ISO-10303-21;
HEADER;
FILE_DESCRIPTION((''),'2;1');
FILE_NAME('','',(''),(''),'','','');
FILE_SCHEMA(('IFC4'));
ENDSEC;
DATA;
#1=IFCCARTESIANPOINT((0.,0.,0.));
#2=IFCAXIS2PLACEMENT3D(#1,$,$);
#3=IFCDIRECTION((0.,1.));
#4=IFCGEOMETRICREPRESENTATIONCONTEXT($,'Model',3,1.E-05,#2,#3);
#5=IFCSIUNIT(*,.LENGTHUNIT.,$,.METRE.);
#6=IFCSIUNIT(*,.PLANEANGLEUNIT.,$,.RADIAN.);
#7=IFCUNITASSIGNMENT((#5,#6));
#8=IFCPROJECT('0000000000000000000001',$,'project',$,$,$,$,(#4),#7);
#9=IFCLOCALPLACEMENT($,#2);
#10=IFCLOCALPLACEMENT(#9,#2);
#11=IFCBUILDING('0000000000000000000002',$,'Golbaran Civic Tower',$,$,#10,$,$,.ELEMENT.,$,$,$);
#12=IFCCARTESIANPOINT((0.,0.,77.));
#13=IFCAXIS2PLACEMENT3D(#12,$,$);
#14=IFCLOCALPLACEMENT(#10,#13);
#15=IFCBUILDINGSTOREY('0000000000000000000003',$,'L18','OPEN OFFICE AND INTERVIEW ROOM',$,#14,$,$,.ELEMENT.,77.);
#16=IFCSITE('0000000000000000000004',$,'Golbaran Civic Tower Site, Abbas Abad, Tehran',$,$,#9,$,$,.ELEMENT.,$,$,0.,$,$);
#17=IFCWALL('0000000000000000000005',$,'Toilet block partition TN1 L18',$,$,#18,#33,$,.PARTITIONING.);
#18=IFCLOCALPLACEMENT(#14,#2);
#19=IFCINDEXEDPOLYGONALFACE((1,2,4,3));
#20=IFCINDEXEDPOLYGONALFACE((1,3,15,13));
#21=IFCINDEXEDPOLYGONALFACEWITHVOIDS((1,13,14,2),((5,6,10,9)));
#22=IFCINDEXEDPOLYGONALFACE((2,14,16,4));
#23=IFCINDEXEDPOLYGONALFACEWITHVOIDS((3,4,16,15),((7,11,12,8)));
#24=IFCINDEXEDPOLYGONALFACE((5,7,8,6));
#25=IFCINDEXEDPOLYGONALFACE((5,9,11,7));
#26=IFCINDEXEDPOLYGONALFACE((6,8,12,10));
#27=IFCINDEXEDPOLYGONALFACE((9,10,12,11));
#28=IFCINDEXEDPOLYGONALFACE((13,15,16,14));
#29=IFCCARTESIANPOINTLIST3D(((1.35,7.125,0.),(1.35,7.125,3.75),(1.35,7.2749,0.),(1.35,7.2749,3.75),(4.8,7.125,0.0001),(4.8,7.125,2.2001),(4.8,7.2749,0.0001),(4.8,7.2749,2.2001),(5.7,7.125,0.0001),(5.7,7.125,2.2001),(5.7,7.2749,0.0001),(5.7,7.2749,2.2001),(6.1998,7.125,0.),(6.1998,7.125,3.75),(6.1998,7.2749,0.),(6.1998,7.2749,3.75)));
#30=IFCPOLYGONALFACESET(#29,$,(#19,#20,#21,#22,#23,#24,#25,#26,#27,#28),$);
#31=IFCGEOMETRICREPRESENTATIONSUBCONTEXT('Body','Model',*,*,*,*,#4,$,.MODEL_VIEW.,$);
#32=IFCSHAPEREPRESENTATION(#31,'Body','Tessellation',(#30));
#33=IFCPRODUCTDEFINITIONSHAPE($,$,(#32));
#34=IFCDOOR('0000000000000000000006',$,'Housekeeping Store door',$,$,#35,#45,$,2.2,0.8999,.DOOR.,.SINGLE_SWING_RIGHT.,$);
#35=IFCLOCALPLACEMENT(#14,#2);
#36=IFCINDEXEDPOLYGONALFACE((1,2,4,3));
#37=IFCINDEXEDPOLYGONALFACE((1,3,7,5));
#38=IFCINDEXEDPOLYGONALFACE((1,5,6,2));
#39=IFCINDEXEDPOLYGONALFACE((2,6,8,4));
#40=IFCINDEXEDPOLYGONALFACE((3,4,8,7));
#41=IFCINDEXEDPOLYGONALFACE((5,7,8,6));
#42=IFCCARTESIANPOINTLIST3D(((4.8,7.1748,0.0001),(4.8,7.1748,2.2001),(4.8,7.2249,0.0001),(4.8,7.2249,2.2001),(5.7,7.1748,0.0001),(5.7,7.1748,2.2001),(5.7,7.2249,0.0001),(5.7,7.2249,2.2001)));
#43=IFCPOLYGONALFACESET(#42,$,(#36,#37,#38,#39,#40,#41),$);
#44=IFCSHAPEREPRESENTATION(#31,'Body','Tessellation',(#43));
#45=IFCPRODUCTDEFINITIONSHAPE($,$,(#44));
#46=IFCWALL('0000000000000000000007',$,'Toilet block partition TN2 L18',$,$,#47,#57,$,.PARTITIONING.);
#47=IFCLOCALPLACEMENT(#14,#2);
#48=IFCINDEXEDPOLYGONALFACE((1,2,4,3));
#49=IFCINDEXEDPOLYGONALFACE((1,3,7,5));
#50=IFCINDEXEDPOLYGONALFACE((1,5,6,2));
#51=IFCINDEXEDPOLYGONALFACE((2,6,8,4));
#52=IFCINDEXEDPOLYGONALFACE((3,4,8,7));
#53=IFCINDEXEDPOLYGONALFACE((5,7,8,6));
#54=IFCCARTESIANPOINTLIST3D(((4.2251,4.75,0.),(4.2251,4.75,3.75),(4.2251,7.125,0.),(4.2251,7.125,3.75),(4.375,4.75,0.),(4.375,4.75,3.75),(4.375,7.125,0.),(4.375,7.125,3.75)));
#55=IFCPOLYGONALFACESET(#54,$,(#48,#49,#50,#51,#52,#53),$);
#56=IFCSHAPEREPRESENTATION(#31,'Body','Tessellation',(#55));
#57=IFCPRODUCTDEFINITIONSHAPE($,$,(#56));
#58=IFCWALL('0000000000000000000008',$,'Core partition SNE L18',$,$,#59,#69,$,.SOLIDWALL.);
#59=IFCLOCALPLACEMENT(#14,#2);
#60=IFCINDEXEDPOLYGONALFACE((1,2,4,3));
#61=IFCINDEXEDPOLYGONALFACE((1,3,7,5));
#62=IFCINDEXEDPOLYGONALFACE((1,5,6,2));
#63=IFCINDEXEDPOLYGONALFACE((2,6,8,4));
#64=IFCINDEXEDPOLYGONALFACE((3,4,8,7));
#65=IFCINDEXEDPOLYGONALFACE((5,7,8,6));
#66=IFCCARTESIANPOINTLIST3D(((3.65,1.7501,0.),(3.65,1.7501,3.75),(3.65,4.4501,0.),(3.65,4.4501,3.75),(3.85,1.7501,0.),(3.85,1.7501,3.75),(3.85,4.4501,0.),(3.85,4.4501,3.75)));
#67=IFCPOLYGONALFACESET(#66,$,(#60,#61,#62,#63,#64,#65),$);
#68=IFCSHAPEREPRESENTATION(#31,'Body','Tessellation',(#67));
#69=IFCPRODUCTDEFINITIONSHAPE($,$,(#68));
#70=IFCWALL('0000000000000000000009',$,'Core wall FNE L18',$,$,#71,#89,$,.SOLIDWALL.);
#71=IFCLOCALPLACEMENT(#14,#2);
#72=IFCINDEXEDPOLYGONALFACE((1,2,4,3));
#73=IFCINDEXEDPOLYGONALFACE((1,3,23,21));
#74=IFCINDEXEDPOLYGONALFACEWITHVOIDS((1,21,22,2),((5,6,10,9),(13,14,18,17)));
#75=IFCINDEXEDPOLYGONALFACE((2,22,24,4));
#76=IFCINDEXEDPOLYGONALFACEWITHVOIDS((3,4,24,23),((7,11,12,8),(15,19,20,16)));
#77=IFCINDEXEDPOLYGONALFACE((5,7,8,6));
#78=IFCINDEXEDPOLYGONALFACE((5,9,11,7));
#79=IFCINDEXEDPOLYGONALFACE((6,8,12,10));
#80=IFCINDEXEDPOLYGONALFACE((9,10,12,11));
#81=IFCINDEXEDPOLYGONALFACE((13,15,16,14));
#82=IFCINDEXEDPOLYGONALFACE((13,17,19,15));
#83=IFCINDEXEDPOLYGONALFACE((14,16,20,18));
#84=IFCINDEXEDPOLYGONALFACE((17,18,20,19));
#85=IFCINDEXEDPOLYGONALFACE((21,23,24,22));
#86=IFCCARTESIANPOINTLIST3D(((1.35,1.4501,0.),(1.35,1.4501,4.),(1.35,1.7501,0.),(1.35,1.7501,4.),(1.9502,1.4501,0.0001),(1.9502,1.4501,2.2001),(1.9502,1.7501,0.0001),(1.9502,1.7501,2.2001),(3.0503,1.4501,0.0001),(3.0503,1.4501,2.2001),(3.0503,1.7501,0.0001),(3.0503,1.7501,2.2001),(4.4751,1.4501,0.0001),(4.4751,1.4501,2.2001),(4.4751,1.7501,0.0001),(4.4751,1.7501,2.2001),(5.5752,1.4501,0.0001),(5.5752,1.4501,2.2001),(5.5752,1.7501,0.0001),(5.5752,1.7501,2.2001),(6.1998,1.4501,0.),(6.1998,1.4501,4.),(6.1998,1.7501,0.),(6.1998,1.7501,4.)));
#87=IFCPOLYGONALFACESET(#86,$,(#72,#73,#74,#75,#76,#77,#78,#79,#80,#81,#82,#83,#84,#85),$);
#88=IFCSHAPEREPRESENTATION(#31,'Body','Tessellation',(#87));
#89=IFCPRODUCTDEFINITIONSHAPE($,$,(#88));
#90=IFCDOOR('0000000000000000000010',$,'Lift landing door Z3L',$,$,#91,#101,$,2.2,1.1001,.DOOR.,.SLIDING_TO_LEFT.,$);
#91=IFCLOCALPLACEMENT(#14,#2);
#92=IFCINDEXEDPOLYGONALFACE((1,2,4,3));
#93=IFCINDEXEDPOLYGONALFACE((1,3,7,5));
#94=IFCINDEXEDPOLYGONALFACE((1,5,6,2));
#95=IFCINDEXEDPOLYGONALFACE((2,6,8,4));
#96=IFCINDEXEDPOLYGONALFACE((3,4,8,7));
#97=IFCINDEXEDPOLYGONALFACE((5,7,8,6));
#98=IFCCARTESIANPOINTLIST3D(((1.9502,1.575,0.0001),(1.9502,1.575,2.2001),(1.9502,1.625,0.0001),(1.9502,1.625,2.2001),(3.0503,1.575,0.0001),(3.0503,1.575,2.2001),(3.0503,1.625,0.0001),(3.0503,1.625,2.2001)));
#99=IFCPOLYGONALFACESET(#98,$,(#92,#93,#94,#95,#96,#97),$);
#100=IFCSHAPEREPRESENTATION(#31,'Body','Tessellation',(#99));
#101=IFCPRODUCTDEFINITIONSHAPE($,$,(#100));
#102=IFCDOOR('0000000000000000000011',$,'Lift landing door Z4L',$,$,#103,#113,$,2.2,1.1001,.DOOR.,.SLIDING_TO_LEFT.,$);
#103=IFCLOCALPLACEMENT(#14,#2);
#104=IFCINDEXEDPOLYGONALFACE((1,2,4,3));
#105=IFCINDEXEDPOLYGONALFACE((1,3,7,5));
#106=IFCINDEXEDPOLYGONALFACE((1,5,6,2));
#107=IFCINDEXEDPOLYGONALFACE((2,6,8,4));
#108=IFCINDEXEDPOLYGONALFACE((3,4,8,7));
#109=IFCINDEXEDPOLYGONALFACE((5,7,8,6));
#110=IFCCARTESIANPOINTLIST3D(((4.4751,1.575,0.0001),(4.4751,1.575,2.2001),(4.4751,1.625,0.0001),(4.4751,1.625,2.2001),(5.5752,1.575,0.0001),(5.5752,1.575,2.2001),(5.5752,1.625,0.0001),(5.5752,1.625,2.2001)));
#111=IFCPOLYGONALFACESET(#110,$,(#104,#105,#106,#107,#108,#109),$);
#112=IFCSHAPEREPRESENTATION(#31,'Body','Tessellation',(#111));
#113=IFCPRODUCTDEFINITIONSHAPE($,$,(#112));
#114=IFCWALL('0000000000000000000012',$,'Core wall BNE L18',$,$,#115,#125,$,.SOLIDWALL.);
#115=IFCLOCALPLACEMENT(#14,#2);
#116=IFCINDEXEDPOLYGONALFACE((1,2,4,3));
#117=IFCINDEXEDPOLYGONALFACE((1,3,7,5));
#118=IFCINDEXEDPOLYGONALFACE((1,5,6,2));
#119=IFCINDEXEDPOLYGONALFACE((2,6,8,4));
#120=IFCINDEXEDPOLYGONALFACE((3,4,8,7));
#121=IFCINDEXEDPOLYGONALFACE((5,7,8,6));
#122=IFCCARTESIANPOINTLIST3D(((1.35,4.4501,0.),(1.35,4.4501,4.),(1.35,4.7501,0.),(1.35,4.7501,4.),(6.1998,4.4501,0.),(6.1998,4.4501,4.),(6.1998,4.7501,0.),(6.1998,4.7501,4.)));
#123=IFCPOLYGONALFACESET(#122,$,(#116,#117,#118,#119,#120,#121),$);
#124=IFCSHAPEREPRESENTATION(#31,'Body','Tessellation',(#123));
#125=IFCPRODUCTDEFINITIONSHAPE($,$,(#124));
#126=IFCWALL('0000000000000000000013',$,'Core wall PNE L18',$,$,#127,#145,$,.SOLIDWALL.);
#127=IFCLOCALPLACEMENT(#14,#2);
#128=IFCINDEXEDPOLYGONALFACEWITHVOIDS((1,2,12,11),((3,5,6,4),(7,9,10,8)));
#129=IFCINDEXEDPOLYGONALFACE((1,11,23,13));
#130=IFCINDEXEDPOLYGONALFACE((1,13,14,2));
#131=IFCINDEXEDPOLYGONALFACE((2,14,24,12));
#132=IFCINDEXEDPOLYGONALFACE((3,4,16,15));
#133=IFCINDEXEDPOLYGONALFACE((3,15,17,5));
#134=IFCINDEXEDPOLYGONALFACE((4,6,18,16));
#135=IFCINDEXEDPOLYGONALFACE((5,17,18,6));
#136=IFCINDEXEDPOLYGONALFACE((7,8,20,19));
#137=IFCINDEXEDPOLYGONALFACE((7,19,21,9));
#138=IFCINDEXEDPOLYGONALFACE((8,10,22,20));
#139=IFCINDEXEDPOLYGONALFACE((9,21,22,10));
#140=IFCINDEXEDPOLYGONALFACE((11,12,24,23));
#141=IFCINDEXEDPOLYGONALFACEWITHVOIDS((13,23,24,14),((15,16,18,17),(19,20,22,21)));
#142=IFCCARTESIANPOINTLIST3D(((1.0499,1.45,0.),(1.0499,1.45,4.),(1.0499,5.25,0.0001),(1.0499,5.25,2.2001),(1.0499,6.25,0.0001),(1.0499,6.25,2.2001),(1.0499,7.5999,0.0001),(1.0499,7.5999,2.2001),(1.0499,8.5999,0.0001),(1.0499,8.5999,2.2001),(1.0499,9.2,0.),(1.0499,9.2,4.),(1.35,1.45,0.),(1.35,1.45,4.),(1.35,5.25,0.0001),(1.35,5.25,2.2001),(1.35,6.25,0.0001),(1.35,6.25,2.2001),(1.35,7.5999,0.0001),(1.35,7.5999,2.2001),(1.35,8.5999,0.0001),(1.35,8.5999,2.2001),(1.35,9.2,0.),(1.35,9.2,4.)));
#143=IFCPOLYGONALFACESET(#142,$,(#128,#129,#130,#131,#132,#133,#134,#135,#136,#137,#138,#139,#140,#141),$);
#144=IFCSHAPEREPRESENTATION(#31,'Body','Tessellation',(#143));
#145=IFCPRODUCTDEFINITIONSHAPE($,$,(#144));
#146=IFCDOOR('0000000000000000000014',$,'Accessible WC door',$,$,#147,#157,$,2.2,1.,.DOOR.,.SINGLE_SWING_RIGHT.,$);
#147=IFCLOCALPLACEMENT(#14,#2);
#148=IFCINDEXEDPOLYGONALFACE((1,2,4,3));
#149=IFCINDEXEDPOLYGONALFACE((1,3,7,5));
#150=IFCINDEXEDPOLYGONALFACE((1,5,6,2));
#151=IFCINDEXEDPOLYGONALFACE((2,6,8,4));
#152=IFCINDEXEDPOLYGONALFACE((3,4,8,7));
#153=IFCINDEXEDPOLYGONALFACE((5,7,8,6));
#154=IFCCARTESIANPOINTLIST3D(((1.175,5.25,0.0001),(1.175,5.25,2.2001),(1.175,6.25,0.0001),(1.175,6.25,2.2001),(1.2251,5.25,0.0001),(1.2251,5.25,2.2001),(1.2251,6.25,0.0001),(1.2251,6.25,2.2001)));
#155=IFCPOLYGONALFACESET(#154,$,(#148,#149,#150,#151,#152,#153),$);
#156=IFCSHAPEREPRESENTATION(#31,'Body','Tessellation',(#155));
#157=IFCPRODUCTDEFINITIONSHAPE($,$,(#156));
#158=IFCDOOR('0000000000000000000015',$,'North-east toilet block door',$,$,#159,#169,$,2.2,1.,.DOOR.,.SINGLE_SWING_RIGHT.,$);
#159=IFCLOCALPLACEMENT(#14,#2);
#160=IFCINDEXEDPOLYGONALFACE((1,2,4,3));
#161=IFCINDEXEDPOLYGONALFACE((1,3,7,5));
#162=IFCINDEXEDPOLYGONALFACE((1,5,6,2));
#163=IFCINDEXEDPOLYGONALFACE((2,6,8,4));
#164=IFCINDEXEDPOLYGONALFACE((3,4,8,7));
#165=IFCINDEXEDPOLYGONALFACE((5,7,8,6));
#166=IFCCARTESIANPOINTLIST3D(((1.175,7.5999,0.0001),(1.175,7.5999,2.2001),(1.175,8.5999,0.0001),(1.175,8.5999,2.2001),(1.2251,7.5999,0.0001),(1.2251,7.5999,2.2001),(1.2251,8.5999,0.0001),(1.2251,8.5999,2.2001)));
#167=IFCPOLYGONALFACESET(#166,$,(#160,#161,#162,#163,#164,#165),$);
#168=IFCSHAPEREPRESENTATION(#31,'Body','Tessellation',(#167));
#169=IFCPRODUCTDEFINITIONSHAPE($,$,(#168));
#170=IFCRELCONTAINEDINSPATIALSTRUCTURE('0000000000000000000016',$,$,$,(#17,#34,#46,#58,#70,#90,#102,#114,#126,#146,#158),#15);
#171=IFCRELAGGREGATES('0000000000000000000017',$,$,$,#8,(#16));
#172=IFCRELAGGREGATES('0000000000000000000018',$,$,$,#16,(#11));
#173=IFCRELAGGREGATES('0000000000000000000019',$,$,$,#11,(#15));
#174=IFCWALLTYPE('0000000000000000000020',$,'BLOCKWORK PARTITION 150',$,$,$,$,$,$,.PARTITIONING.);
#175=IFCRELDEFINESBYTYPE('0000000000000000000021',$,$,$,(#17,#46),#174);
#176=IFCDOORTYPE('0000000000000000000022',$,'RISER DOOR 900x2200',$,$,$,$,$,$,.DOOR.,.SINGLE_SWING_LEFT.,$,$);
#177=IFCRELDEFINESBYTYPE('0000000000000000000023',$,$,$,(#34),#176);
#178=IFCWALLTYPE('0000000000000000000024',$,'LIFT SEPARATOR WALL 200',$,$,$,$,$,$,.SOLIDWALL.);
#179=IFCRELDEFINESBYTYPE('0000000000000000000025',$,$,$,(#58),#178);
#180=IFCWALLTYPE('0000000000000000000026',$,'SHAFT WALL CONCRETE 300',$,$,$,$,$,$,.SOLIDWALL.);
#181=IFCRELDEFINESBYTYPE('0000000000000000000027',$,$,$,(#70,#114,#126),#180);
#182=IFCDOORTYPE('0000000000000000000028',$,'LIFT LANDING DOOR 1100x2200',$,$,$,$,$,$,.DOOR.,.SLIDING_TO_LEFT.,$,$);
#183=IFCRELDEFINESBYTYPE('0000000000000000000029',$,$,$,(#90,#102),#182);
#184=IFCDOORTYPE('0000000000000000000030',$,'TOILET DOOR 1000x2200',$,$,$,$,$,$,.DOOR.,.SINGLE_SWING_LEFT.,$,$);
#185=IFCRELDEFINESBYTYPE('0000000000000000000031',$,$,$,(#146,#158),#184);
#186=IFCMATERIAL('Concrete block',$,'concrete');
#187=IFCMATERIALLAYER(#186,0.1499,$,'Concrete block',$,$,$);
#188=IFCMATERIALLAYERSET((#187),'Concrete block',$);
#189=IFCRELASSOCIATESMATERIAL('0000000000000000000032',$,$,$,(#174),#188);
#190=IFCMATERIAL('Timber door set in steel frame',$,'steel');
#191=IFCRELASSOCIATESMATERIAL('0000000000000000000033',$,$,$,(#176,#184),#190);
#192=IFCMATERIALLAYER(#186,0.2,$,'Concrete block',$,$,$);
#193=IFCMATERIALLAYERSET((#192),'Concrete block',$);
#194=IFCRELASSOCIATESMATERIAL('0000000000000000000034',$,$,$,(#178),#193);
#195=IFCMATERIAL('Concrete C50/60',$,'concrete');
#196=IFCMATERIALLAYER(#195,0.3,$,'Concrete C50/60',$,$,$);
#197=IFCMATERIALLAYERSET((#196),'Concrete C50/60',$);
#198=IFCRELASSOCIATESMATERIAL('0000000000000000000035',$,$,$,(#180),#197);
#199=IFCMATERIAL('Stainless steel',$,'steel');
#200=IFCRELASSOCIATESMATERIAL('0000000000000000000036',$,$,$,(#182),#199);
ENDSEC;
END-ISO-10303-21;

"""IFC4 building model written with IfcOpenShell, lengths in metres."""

from ifc_helpers import new_model, si_unit, direction, frame, frame_2d, origin, place, context, subcontext, project, spatial, rectangle, extrude, material, layer, layer_set, type_object, element, fill, save


model = new_model("IFC4")

# Units and contexts
model_context = context("Model", 3, precision=1e-05, world=origin(), true_north=direction((0.0, 1.0)))
body_context = subcontext(model_context, "Body", "Model", "MODEL_VIEW")
ifc_project = project(units=[si_unit("LENGTHUNIT", "METRE"), si_unit("PLANEANGLEUNIT", "RADIAN")], contexts=[model_context])

# Site, building, storey
site_placement = place(None, origin())
site = spatial("IfcSite", under=ifc_project, at=site_placement, Name="Golbaran Civic Tower Site, Abbas Abad, Tehran", CompositionType="ELEMENT", RefElevation=0.0)
building_placement = place(site_placement, origin())
building = spatial("IfcBuilding", under=site, at=building_placement, Name="Golbaran Civic Tower", CompositionType="ELEMENT")
storey_placement = place(building_placement, frame((0.0, 0.0, 77.0)))
storey = spatial("IfcBuildingStorey", under=building, at=storey_placement, Name="L18", Description="OPEN OFFICE AND INTERVIEW ROOM", CompositionType="ELEMENT", Elevation=77.0)

# Wall, opening, door
ifc_material_1 = material(Name="Concrete block", Category="concrete")
ifc_layer_1 = layer(ifc_material_1, 0.1499, Name="Concrete block")
ifc_layer_set_1 = layer_set([ifc_layer_1], Name="Concrete block")
wall_type_1 = type_object("IfcWallType", Name="BLOCKWORK PARTITION 150", PredefinedType="PARTITIONING", material=ifc_layer_set_1)
wall_1_placement = place(storey_placement, frame((1.3501, 7.2, 0.0), z_axis=(0.0, 0.0, 1.0), x_axis=(1.0, 0.0, 0.0)))
wall_1 = element("IfcWall", 1, at=wall_1_placement, inside=storey, type_object=wall_type_1, Name="Toilet block partition TN1 L18", PredefinedType="PARTITIONING", context=body_context, shape_type="SweptSolid", body=[
    extrude(rectangle(XDim=4.8499, YDim=0.1499, at=frame_2d((2.4248, 0.0))), origin(), (0.0, 0.0, 1.0), 3.75),
])
opening_1_placement = place(wall_1_placement, frame((3.45, 0.0, 0.0)))
opening_1 = element("IfcOpeningElement", 2, at=opening_1_placement, cuts=wall_1, PredefinedType="OPENING", context=body_context, shape_type="SweptSolid", body=[
    extrude(rectangle(XDim=0.8999, YDim=2.2, at=frame_2d((0.45, 1.1001))), frame((0.0, 0.085, 0.0), z_axis=(0.0, -1.0, 0.0), x_axis=(1.0, 0.0, 0.0)), (0.0, 0.0, 1.0), 0.1699),
])
ifc_material_2 = material(Name="Timber door set in steel frame", Category="steel")
door_type_1 = type_object("IfcDoorType", Name="RISER DOOR 900x2200", OperationType="SINGLE_SWING_LEFT", PredefinedType="DOOR", material=ifc_material_2)
door_1_placement = place(opening_1_placement, origin())
door_1 = element("IfcDoor", 3, at=door_1_placement, inside=storey, type_object=door_type_1, Name="Housekeeping Store door", OperationType="SINGLE_SWING_RIGHT", OverallHeight=2.2, OverallWidth=0.8999, PredefinedType="DOOR", context=body_context, shape_type="SweptSolid", body=[
    extrude(rectangle(XDim=0.8999, YDim=2.2, at=frame_2d((0.45, 1.1001))), frame((0.0, 0.0249, 0.0), z_axis=(0.0, -1.0, 0.0), x_axis=(1.0, 0.0, 0.0)), (0.0, 0.0, 1.0), 0.05),
])
fill(opening_1, door_1)

# Walls
wall_2_placement = place(storey_placement, frame((4.3, 4.75, 0.0), z_axis=(0.0, 0.0, 1.0), x_axis=(0.0, 1.0, 0.0)))
element("IfcWall", 4, at=wall_2_placement, inside=storey, type_object=wall_type_1, Name="Toilet block partition TN2 L18", PredefinedType="PARTITIONING", context=body_context, shape_type="SweptSolid", body=[
    extrude(rectangle(XDim=2.375, YDim=0.1499, at=frame_2d((1.1875, 0.0))), origin(), (0.0, 0.0, 1.0), 3.75),
])
ifc_layer_2 = layer(ifc_material_1, 0.2, Name="Concrete block")
ifc_layer_set_2 = layer_set([ifc_layer_2], Name="Concrete block")
wall_type_2 = type_object("IfcWallType", Name="LIFT SEPARATOR WALL 200", PredefinedType="SOLIDWALL", material=ifc_layer_set_2)
wall_3_placement = place(storey_placement, frame((3.75, 1.75, 0.0), z_axis=(0.0, 0.0, 1.0), x_axis=(0.0, 1.0, 0.0)))
element("IfcWall", 5, at=wall_3_placement, inside=storey, type_object=wall_type_2, Name="Core partition SNE L18", PredefinedType="SOLIDWALL", context=body_context, shape_type="SweptSolid", body=[
    extrude(rectangle(XDim=2.7, YDim=0.2, at=frame_2d((1.3501, 0.0))), origin(), (0.0, 0.0, 1.0), 3.75),
])

# Wall, openings, doors
ifc_material_3 = material(Name="Concrete C50/60", Category="concrete")
ifc_layer_3 = layer(ifc_material_3, 0.3, Name="Concrete C50/60")
ifc_layer_set_3 = layer_set([ifc_layer_3], Name="Concrete C50/60")
wall_type_3 = type_object("IfcWallType", Name="SHAFT WALL CONCRETE 300", PredefinedType="SOLIDWALL", material=ifc_layer_set_3)
wall_4_placement = place(storey_placement, frame((1.3501, 1.6001, 0.0), z_axis=(0.0, 0.0, 1.0), x_axis=(1.0, 0.0, 0.0)))
wall_4 = element("IfcWall", 6, at=wall_4_placement, inside=storey, type_object=wall_type_3, Name="Core wall FNE L18", PredefinedType="SOLIDWALL", context=body_context, shape_type="SweptSolid", body=[
    extrude(rectangle(XDim=4.8499, YDim=0.3, at=frame_2d((2.4248, 0.0))), origin(), (0.0, 0.0, 1.0), 4.0),
])
opening_2_placement = place(wall_4_placement, frame((0.6001, 0.0, 0.0)))
opening_2 = element("IfcOpeningElement", 7, at=opening_2_placement, cuts=wall_4, PredefinedType="OPENING", context=body_context, shape_type="SweptSolid", body=[
    extrude(rectangle(XDim=1.1001, YDim=2.2, at=frame_2d((0.55, 1.1001))), frame((0.0, 0.1599, 0.0), z_axis=(0.0, -1.0, 0.0), x_axis=(1.0, 0.0, 0.0)), (0.0, 0.0, 1.0), 0.3201),
])
opening_3_placement = place(wall_4_placement, frame((3.125, 0.0, 0.0)))
opening_3 = element("IfcOpeningElement", 8, at=opening_3_placement, cuts=wall_4, PredefinedType="OPENING", context=body_context, shape_type="SweptSolid", body=[
    extrude(rectangle(XDim=1.1001, YDim=2.2, at=frame_2d((0.55, 1.1001))), frame((0.0, 0.1599, 0.0), z_axis=(0.0, -1.0, 0.0), x_axis=(1.0, 0.0, 0.0)), (0.0, 0.0, 1.0), 0.3201),
])
ifc_material_4 = material(Name="Stainless steel", Category="steel")
door_type_2 = type_object("IfcDoorType", Name="LIFT LANDING DOOR 1100x2200", OperationType="SLIDING_TO_LEFT", PredefinedType="DOOR", material=ifc_material_4)
door_2_placement = place(opening_2_placement, origin())
door_2 = element("IfcDoor", 9, at=door_2_placement, inside=storey, type_object=door_type_2, Name="Lift landing door Z3L", OperationType="SLIDING_TO_LEFT", OverallHeight=2.2, OverallWidth=1.1001, PredefinedType="DOOR", context=body_context, shape_type="SweptSolid", body=[
    extrude(rectangle(XDim=1.1001, YDim=2.2, at=frame_2d((0.55, 1.1001))), frame((0.0, 0.0249, 0.0), z_axis=(0.0, -1.0, 0.0), x_axis=(1.0, 0.0, 0.0)), (0.0, 0.0, 1.0), 0.05),
])
fill(opening_2, door_2)
door_3_placement = place(opening_3_placement, origin())
door_3 = element("IfcDoor", 10, at=door_3_placement, inside=storey, type_object=door_type_2, Name="Lift landing door Z4L", OperationType="SLIDING_TO_LEFT", OverallHeight=2.2, OverallWidth=1.1001, PredefinedType="DOOR", context=body_context, shape_type="SweptSolid", body=[
    extrude(rectangle(XDim=1.1001, YDim=2.2, at=frame_2d((0.55, 1.1001))), frame((0.0, 0.0249, 0.0), z_axis=(0.0, -1.0, 0.0), x_axis=(1.0, 0.0, 0.0)), (0.0, 0.0, 1.0), 0.05),
])
fill(opening_3, door_3)

# Wall
wall_5_placement = place(storey_placement, frame((1.3501, 4.6001, 0.0), z_axis=(0.0, 0.0, 1.0), x_axis=(1.0, 0.0, 0.0)))
element("IfcWall", 11, at=wall_5_placement, inside=storey, type_object=wall_type_3, Name="Core wall BNE L18", PredefinedType="SOLIDWALL", context=body_context, shape_type="SweptSolid", body=[
    extrude(rectangle(XDim=4.8499, YDim=0.3, at=frame_2d((2.4248, 0.0))), origin(), (0.0, 0.0, 1.0), 4.0),
])

# Wall, openings, doors
wall_6_placement = place(storey_placement, frame((1.2, 1.45, 0.0), z_axis=(0.0, 0.0, 1.0), x_axis=(0.0, 1.0, 0.0)))
wall_6 = element("IfcWall", 12, at=wall_6_placement, inside=storey, type_object=wall_type_3, Name="Core wall PNE L18", PredefinedType="SOLIDWALL", context=body_context, shape_type="SweptSolid", body=[
    extrude(rectangle(XDim=7.75, YDim=0.3, at=frame_2d((3.875, 0.0))), origin(), (0.0, 0.0, 1.0), 4.0),
])
opening_4_placement = place(wall_6_placement, frame((3.8, 0.0, 0.0)))
opening_4 = element("IfcOpeningElement", 13, at=opening_4_placement, cuts=wall_6, PredefinedType="OPENING", context=body_context, shape_type="SweptSolid", body=[
    extrude(rectangle(XDim=1.0, YDim=2.2, at=frame_2d((0.5, 1.1001))), frame((0.0, 0.1599, 0.0), z_axis=(0.0, -1.0, 0.0), x_axis=(1.0, 0.0, 0.0)), (0.0, 0.0, 1.0), 0.3201),
])
opening_5_placement = place(wall_6_placement, frame((6.1499, 0.0, 0.0)))
opening_5 = element("IfcOpeningElement", 14, at=opening_5_placement, cuts=wall_6, PredefinedType="OPENING", context=body_context, shape_type="SweptSolid", body=[
    extrude(rectangle(XDim=1.0, YDim=2.2, at=frame_2d((0.5, 1.1001))), frame((0.0, 0.1599, 0.0), z_axis=(0.0, -1.0, 0.0), x_axis=(1.0, 0.0, 0.0)), (0.0, 0.0, 1.0), 0.3201),
])
door_type_3 = type_object("IfcDoorType", Name="TOILET DOOR 1000x2200", OperationType="SINGLE_SWING_LEFT", PredefinedType="DOOR", material=ifc_material_2)
door_4_placement = place(opening_4_placement, origin())
door_4 = element("IfcDoor", 15, at=door_4_placement, inside=storey, type_object=door_type_3, Name="Accessible WC door", OperationType="SINGLE_SWING_RIGHT", OverallHeight=2.2, OverallWidth=1.0, PredefinedType="DOOR", context=body_context, shape_type="SweptSolid", body=[
    extrude(rectangle(XDim=1.0, YDim=2.2, at=frame_2d((0.5, 1.1001))), frame((0.0, 0.0249, 0.0), z_axis=(0.0, -1.0, 0.0), x_axis=(1.0, 0.0, 0.0)), (0.0, 0.0, 1.0), 0.05),
])
fill(opening_4, door_4)
door_5_placement = place(opening_5_placement, origin())
door_5 = element("IfcDoor", 16, at=door_5_placement, inside=storey, type_object=door_type_3, Name="North-east toilet block door", OperationType="SINGLE_SWING_RIGHT", OverallHeight=2.2, OverallWidth=1.0, PredefinedType="DOOR", context=body_context, shape_type="SweptSolid", body=[
    extrude(rectangle(XDim=1.0, YDim=2.2, at=frame_2d((0.5, 1.1001))), frame((0.0, 0.0249, 0.0), z_axis=(0.0, -1.0, 0.0), x_axis=(1.0, 0.0, 0.0)), (0.0, 0.0, 1.0), 0.05),
])
fill(opening_5, door_5)

save(model, "model.ifc")
